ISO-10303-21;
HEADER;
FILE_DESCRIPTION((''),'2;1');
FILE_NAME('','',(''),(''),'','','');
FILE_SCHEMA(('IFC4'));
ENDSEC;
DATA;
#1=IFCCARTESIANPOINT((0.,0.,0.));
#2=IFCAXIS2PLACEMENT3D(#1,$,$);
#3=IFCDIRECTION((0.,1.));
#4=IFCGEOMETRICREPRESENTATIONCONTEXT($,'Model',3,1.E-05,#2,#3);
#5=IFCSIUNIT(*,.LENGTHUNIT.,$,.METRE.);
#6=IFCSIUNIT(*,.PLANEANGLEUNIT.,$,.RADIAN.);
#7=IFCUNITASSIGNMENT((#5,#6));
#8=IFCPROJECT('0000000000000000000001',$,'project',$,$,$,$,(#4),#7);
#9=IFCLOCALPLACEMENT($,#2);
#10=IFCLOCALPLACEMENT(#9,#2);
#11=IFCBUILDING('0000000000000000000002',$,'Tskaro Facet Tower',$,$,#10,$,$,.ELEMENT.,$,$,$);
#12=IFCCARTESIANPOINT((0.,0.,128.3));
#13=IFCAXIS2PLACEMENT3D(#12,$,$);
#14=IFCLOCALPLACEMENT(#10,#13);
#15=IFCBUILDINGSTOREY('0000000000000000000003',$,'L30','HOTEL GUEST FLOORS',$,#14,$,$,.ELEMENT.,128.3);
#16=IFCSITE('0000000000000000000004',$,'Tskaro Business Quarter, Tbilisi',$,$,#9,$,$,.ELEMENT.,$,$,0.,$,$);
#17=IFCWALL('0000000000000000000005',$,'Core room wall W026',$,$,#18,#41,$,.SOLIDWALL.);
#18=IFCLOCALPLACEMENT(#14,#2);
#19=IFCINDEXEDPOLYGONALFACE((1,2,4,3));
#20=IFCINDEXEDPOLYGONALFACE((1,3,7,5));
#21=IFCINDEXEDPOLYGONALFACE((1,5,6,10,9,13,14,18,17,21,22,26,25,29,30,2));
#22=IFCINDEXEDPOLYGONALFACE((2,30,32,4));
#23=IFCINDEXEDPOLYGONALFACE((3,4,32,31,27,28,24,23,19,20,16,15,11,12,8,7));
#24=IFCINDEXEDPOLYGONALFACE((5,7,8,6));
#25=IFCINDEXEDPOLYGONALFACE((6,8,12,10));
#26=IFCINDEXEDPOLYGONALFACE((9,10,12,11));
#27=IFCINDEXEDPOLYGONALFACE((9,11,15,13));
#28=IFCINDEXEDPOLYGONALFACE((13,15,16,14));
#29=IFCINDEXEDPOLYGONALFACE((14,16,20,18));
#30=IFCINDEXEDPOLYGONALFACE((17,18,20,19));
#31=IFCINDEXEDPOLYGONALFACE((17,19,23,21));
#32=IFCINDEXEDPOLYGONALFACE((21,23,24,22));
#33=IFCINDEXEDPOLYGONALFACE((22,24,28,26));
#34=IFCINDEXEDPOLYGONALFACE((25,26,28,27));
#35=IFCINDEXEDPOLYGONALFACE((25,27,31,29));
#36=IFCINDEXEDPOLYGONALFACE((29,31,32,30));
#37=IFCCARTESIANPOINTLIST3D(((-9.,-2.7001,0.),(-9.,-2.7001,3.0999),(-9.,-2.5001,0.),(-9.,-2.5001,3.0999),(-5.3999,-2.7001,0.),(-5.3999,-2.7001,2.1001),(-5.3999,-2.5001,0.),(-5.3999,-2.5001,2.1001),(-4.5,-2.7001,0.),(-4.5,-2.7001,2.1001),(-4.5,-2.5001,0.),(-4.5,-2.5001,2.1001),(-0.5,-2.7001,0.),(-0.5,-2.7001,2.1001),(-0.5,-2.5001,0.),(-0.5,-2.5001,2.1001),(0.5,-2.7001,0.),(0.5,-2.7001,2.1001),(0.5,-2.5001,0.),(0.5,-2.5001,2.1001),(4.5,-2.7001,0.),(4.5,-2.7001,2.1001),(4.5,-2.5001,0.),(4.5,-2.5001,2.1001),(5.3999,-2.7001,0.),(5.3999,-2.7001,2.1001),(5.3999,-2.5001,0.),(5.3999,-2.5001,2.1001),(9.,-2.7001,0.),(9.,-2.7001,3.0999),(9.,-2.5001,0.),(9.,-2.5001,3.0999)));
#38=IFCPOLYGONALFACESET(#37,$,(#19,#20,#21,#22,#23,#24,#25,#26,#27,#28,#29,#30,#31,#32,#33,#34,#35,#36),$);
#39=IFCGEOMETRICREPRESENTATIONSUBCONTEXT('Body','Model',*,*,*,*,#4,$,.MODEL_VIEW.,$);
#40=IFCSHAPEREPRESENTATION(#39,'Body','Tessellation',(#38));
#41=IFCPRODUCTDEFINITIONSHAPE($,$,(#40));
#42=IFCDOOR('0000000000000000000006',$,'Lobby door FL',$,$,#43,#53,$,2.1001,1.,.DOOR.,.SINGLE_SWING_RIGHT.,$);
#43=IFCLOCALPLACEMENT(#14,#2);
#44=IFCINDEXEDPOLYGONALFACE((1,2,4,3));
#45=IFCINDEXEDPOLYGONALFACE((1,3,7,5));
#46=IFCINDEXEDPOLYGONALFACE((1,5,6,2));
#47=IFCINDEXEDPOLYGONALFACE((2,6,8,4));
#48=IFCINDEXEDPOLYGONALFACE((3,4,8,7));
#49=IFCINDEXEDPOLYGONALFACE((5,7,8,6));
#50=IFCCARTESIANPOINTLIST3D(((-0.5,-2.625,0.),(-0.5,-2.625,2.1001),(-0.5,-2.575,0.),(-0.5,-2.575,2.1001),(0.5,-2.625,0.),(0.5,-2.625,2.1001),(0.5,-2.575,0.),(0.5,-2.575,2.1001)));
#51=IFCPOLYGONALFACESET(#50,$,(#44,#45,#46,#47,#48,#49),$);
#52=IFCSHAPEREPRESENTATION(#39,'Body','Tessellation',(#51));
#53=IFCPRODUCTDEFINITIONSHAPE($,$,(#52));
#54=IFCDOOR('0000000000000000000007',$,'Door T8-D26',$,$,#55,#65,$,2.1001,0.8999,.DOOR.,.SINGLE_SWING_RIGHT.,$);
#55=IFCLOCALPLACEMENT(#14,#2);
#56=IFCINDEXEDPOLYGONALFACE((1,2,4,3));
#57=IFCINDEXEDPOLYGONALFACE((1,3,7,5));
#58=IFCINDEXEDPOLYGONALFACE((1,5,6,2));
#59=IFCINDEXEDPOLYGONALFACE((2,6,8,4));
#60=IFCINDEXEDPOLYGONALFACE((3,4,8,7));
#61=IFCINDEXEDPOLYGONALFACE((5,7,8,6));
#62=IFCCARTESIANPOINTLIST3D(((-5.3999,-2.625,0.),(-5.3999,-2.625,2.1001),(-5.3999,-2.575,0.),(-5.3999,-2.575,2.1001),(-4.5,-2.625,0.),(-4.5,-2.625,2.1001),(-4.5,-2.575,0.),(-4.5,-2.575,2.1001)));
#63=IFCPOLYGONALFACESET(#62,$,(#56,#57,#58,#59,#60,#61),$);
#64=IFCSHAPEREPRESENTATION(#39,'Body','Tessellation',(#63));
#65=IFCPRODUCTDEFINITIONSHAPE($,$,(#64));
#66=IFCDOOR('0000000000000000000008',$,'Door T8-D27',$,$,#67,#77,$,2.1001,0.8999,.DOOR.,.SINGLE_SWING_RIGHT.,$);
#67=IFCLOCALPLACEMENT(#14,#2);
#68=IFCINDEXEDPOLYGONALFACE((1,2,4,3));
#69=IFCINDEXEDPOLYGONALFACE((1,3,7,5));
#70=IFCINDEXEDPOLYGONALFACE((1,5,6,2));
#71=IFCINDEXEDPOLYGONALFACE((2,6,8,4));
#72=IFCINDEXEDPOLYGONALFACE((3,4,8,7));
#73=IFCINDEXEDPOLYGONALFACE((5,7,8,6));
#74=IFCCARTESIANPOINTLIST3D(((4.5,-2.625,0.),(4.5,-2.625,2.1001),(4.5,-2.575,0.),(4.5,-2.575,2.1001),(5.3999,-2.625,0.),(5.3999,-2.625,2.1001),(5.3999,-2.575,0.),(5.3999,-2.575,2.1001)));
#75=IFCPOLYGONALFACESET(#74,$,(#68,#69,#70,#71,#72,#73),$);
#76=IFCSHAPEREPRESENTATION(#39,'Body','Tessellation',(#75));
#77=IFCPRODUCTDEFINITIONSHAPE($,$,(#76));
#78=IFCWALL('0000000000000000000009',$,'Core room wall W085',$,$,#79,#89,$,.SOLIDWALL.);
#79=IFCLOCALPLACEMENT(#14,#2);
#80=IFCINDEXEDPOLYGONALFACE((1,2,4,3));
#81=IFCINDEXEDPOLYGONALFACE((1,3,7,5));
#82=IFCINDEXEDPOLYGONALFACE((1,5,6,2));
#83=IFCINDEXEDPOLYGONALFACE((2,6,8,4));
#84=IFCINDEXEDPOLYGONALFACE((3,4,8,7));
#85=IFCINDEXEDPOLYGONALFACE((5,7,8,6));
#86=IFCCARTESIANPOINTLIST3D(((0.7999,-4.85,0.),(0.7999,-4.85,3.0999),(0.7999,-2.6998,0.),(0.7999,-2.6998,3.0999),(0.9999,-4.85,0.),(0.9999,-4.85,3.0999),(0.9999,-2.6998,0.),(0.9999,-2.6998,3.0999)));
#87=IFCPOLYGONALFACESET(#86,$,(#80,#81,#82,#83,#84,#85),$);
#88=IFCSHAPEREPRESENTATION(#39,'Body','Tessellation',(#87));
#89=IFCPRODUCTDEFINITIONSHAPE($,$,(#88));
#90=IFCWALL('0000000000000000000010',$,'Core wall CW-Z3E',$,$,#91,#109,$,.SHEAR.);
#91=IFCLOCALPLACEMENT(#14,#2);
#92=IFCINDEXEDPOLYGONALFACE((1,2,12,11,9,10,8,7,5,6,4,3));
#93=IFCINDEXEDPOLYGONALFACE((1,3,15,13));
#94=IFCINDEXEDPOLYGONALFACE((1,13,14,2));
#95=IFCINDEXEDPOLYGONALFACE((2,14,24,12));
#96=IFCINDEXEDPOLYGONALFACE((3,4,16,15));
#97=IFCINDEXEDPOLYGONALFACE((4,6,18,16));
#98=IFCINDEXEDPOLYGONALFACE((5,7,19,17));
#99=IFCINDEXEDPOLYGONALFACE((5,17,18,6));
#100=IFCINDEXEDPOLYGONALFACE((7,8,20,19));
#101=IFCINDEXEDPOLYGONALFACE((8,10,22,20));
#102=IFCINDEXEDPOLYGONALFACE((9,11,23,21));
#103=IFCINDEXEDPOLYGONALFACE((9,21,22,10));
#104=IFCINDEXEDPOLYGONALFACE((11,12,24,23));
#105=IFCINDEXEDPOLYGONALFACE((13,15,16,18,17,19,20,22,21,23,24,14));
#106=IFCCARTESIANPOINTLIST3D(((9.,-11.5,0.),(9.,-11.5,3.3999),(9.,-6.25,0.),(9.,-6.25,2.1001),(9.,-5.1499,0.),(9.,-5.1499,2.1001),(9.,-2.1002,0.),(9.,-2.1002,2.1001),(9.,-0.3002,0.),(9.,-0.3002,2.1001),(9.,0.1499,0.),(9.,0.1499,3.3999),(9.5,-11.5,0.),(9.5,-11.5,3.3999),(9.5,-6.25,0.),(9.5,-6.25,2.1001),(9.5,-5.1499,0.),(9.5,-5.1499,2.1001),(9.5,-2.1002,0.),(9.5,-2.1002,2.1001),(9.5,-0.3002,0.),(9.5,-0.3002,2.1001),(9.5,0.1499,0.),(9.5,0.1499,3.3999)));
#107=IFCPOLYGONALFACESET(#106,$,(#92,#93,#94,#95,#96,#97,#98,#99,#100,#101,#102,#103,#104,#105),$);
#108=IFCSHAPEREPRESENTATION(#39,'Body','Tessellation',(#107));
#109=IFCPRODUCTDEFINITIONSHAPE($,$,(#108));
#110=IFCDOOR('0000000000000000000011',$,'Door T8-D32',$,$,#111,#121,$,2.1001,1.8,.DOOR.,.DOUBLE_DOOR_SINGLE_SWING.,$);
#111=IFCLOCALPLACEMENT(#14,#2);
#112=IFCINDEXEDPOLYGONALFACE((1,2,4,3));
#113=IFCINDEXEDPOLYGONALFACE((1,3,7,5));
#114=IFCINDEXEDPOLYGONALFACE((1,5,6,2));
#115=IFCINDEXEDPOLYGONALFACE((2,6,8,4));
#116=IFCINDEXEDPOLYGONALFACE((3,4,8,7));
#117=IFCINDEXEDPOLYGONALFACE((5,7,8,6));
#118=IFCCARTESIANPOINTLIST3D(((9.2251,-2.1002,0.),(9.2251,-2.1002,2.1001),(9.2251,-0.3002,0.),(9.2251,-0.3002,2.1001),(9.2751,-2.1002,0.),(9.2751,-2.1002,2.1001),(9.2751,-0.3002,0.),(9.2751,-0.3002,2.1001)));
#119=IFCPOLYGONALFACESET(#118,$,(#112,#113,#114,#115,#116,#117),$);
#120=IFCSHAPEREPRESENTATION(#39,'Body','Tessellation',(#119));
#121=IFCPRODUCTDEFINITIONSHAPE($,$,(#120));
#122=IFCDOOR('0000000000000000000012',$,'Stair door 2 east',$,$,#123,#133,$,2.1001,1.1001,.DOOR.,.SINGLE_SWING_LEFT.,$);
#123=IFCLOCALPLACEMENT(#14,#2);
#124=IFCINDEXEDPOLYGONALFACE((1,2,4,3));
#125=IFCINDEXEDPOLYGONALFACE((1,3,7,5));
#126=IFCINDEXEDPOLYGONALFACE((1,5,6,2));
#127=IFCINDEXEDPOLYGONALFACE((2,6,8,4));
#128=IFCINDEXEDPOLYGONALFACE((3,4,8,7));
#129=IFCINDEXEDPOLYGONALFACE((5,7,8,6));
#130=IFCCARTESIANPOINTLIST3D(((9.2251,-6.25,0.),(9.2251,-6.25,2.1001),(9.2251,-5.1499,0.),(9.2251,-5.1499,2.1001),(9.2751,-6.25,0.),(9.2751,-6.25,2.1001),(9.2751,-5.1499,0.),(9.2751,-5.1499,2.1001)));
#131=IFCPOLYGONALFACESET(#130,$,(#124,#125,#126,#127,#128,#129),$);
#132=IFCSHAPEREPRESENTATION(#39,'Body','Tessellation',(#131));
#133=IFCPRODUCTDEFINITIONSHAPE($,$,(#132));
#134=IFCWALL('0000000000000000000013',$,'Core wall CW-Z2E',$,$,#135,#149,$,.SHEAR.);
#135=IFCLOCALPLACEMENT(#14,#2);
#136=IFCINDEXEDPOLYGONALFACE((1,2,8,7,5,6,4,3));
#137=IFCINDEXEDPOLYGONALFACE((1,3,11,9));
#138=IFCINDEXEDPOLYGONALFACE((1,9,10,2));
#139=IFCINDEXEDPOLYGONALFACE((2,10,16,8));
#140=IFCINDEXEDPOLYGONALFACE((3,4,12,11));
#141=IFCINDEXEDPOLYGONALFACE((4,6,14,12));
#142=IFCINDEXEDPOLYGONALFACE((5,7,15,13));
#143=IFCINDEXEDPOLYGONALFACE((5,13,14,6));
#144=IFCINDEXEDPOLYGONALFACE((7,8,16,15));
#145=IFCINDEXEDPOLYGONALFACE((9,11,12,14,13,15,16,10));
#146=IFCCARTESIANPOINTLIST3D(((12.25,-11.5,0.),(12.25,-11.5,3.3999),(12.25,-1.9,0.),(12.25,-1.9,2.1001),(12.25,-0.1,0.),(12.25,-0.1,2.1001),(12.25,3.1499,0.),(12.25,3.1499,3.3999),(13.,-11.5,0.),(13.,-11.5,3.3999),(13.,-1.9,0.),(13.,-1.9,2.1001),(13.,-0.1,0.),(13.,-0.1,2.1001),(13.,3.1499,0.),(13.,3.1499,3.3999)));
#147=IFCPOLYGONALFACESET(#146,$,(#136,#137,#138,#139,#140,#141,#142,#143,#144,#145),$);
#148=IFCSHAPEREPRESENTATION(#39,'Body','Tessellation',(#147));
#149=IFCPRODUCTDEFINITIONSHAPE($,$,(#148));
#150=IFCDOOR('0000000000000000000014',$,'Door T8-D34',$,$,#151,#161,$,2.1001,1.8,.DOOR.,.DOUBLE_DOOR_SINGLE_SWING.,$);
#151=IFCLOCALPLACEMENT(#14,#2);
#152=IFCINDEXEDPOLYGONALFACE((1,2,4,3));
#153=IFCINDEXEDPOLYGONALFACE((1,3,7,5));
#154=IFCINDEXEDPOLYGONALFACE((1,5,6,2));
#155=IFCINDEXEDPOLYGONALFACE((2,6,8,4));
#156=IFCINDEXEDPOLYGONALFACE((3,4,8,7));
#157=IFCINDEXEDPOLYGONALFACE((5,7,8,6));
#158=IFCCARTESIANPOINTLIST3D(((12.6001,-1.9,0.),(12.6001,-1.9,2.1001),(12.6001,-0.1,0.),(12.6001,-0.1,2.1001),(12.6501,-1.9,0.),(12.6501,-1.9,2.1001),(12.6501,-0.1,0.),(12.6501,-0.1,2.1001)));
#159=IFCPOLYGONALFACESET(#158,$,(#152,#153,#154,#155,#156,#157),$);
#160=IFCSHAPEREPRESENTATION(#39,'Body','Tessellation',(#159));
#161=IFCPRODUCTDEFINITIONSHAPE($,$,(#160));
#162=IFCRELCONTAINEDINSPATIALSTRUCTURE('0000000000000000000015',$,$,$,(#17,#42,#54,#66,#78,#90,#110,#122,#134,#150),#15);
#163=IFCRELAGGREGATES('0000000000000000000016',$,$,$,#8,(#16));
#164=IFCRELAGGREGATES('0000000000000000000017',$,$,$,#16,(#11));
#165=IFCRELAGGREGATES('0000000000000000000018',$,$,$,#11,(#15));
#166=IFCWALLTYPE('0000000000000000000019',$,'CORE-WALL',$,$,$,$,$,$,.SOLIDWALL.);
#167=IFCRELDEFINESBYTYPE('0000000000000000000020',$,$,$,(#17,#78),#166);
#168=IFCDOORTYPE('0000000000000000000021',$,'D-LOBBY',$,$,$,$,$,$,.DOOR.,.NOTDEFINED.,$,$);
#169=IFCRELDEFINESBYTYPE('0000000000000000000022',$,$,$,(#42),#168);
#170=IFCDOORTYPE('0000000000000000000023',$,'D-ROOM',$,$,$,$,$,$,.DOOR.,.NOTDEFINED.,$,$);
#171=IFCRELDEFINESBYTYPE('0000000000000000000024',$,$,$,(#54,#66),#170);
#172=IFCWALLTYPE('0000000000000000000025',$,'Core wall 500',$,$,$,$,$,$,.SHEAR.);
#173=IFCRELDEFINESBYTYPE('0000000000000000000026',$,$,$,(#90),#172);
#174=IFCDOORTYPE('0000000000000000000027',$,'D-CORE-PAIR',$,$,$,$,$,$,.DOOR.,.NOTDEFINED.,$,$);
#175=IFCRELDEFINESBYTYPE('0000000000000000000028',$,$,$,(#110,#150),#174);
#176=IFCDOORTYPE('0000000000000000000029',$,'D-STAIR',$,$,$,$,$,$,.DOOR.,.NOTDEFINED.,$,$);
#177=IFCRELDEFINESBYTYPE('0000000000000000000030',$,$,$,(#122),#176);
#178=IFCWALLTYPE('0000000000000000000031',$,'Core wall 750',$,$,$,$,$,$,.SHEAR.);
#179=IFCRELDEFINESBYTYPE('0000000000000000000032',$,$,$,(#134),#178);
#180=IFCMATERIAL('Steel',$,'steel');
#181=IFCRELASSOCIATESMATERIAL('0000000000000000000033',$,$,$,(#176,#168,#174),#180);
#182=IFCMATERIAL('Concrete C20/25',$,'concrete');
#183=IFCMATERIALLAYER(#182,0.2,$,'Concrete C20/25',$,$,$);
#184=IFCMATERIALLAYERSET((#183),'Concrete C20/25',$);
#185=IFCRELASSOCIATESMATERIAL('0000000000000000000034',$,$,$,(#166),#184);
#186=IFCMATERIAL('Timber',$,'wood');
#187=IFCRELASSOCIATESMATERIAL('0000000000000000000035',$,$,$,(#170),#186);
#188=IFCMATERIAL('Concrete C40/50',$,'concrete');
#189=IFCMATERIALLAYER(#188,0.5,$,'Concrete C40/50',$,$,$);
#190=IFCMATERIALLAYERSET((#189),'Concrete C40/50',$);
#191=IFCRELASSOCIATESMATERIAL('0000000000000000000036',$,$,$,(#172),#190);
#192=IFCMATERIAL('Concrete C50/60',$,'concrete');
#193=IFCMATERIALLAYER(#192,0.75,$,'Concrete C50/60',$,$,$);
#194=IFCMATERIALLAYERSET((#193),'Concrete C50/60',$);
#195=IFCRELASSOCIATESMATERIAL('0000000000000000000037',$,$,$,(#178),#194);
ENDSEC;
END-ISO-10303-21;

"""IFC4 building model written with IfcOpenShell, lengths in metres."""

from ifc_helpers import new_model, si_unit, direction, frame, frame_2d, origin, place, context, subcontext, project, spatial, rectangle, extrude, material, layer, layer_set, type_object, element, fill, save


model = new_model("IFC4")

# Units and contexts
model_context = context("Model", 3, precision=1e-05, world=origin(), true_north=direction((0.0, 1.0)))
body_context = subcontext(model_context, "Body", "Model", "MODEL_VIEW")
ifc_project = project(units=[si_unit("LENGTHUNIT", "METRE"), si_unit("PLANEANGLEUNIT", "RADIAN")], contexts=[model_context])

# Site, building, storey
site_placement = place(None, origin())
site = spatial("IfcSite", under=ifc_project, at=site_placement, Name="Tskaro Business Quarter, Tbilisi", CompositionType="ELEMENT", RefElevation=0.0)
building_placement = place(site_placement, origin())
building = spatial("IfcBuilding", under=site, at=building_placement, Name="Tskaro Facet Tower", CompositionType="ELEMENT")
storey_placement = place(building_placement, frame((0.0, 0.0, 128.3)))
storey = spatial("IfcBuildingStorey", under=building, at=storey_placement, Name="L30", Description="HOTEL GUEST FLOORS", CompositionType="ELEMENT", Elevation=128.3)

# Shared definitions
ifc_material_1 = material(Name="Steel", Category="steel")
door_type_1 = type_object("IfcDoorType", Name="D-STAIR", OperationType="NOTDEFINED", PredefinedType="DOOR", material=ifc_material_1)

# Shared definitions
ifc_material_2 = material(Name="Concrete C20/25", Category="concrete")
ifc_layer_1 = layer(ifc_material_2, 0.2, Name="Concrete C20/25")
ifc_layer_set_1 = layer_set([ifc_layer_1], Name="Concrete C20/25")
wall_type_1 = type_object("IfcWallType", Name="CORE-WALL", PredefinedType="SOLIDWALL", material=ifc_layer_set_1)

# Wall, openings, doors
wall_1_placement = place(storey_placement, frame((9.0, -2.6001, 0.0), z_axis=(0.0, 0.0, 1.0), x_axis=(-1.0, 0.0, 0.0)))
wall_1 = element("IfcWall", 1, at=wall_1_placement, inside=storey, type_object=wall_type_1, Name="Core room wall W026", PredefinedType="SOLIDWALL", context=body_context, shape_type="SweptSolid", body=[
    extrude(rectangle(XDim=18.0, YDim=0.2, at=frame_2d((9.0, 0.0))), origin(), (0.0, 0.0, 1.0), 3.0999),
])
opening_1_placement = place(wall_1_placement, frame((8.5, 0.0, 0.0)))
opening_1 = element("IfcOpeningElement", 2, at=opening_1_placement, cuts=wall_1, PredefinedType="OPENING", context=body_context, shape_type="SweptSolid", body=[
    extrude(rectangle(XDim=1.0, YDim=2.1001, at=frame_2d((0.5, 1.05))), frame((0.0, 0.1099, 0.0), z_axis=(0.0, -1.0, 0.0), x_axis=(1.0, 0.0, 0.0)), (0.0, 0.0, 1.0), 0.22),
])
opening_2_placement = place(wall_1_placement, frame((13.5, 0.0, 0.0)))
opening_2 = element("IfcOpeningElement", 3, at=opening_2_placement, cuts=wall_1, PredefinedType="OPENING", context=body_context, shape_type="SweptSolid", body=[
    extrude(rectangle(XDim=0.8999, YDim=2.1001, at=frame_2d((0.45, 1.05))), frame((0.0, 0.1099, 0.0), z_axis=(0.0, -1.0, 0.0), x_axis=(1.0, 0.0, 0.0)), (0.0, 0.0, 1.0), 0.22),
])
opening_3_placement = place(wall_1_placement, frame((3.6001, 0.0, 0.0)))
opening_3 = element("IfcOpeningElement", 4, at=opening_3_placement, cuts=wall_1, PredefinedType="OPENING", context=body_context, shape_type="SweptSolid", body=[
    extrude(rectangle(XDim=0.8999, YDim=2.1001, at=frame_2d((0.45, 1.05))), frame((0.0, 0.1099, 0.0), z_axis=(0.0, -1.0, 0.0), x_axis=(1.0, 0.0, 0.0)), (0.0, 0.0, 1.0), 0.22),
])
door_type_2 = type_object("IfcDoorType", Name="D-LOBBY", OperationType="NOTDEFINED", PredefinedType="DOOR", material=ifc_material_1)
door_1_placement = place(opening_1_placement, origin())
door_1 = element("IfcDoor", 5, at=door_1_placement, inside=storey, type_object=door_type_2, Name="Lobby door FL", OperationType="SINGLE_SWING_RIGHT", OverallHeight=2.1001, OverallWidth=1.0, PredefinedType="DOOR", context=body_context, shape_type="SweptSolid", body=[
    extrude(rectangle(XDim=1.0, YDim=2.1001, at=frame_2d((0.5, 1.05))), frame((0.0, 0.0249, 0.0), z_axis=(0.0, -1.0, 0.0), x_axis=(1.0, 0.0, 0.0)), (0.0, 0.0, 1.0), 0.05),
])
fill(opening_1, door_1)
ifc_material_3 = material(Name="Timber", Category="wood")
door_type_3 = type_object("IfcDoorType", Name="D-ROOM", OperationType="NOTDEFINED", PredefinedType="DOOR", material=ifc_material_3)
door_2_placement = place(opening_2_placement, origin())
door_2 = element("IfcDoor", 6, at=door_2_placement, inside=storey, type_object=door_type_3, Name="Door T8-D26", OperationType="SINGLE_SWING_RIGHT", OverallHeight=2.1001, OverallWidth=0.8999, PredefinedType="DOOR", context=body_context, shape_type="SweptSolid", body=[
    extrude(rectangle(XDim=0.8999, YDim=2.1001, at=frame_2d((0.45, 1.05))), frame((0.0, 0.0249, 0.0), z_axis=(0.0, -1.0, 0.0), x_axis=(1.0, 0.0, 0.0)), (0.0, 0.0, 1.0), 0.05),
])
fill(opening_2, door_2)
door_3_placement = place(opening_3_placement, origin())
door_3 = element("IfcDoor", 7, at=door_3_placement, inside=storey, type_object=door_type_3, Name="Door T8-D27", OperationType="SINGLE_SWING_RIGHT", OverallHeight=2.1001, OverallWidth=0.8999, PredefinedType="DOOR", context=body_context, shape_type="SweptSolid", body=[
    extrude(rectangle(XDim=0.8999, YDim=2.1001, at=frame_2d((0.45, 1.05))), frame((0.0, 0.0249, 0.0), z_axis=(0.0, -1.0, 0.0), x_axis=(1.0, 0.0, 0.0)), (0.0, 0.0, 1.0), 0.05),
])
fill(opening_3, door_3)

# Wall
wall_2_placement = place(storey_placement, frame((0.8999, -4.8501, 0.0), z_axis=(0.0, 0.0, 1.0), x_axis=(0.0, 1.0, 0.0)))
element("IfcWall", 8, at=wall_2_placement, inside=storey, type_object=wall_type_1, Name="Core room wall W085", PredefinedType="SOLIDWALL", context=body_context, shape_type="SweptSolid", body=[
    extrude(rectangle(XDim=2.1501, YDim=0.2, at=frame_2d((1.0752, 0.0))), origin(), (0.0, 0.0, 1.0), 3.0999),
])

# Wall, openings, doors
ifc_material_4 = material(Name="Concrete C40/50", Category="concrete")
ifc_layer_2 = layer(ifc_material_4, 0.5, Name="Concrete C40/50")
ifc_layer_set_2 = layer_set([ifc_layer_2], Name="Concrete C40/50")
wall_type_2 = type_object("IfcWallType", Name="Core wall 500", PredefinedType="SHEAR", material=ifc_layer_set_2)
wall_3_placement = place(storey_placement, frame((9.25, -11.5, 0.0), z_axis=(0.0, 0.0, 1.0), x_axis=(0.0, 1.0, 0.0)))
wall_3 = element("IfcWall", 9, at=wall_3_placement, inside=storey, type_object=wall_type_2, Name="Core wall CW-Z3E", PredefinedType="SHEAR", context=body_context, shape_type="SweptSolid", body=[
    extrude(rectangle(XDim=11.6499, YDim=0.5, at=frame_2d((5.825, 0.0))), origin(), (0.0, 0.0, 1.0), 3.3999),
])
opening_4_placement = place(wall_3_placement, frame((9.3999, 0.0, 0.0)))
opening_4 = element("IfcOpeningElement", 10, at=opening_4_placement, cuts=wall_3, PredefinedType="OPENING", context=body_context, shape_type="SweptSolid", body=[
    extrude(rectangle(XDim=1.8, YDim=2.1001, at=frame_2d((0.8999, 1.05))), frame((0.0, 0.26, 0.0), z_axis=(0.0, -1.0, 0.0), x_axis=(1.0, 0.0, 0.0)), (0.0, 0.0, 1.0), 0.52),
])
opening_5_placement = place(wall_3_placement, frame((5.25, 0.0, 0.0)))
opening_5 = element("IfcOpeningElement", 11, at=opening_5_placement, cuts=wall_3, PredefinedType="OPENING", context=body_context, shape_type="SweptSolid", body=[
    extrude(rectangle(XDim=1.1001, YDim=2.1001, at=frame_2d((0.55, 1.05))), frame((0.0, 0.26, 0.0), z_axis=(0.0, -1.0, 0.0), x_axis=(1.0, 0.0, 0.0)), (0.0, 0.0, 1.0), 0.52),
])
door_type_4 = type_object("IfcDoorType", Name="D-CORE-PAIR", OperationType="NOTDEFINED", PredefinedType="DOOR", material=ifc_material_1)
door_4_placement = place(opening_4_placement, origin())
door_4 = element("IfcDoor", 12, at=door_4_placement, inside=storey, type_object=door_type_4, Name="Door T8-D32", OperationType="DOUBLE_DOOR_SINGLE_SWING", OverallHeight=2.1001, OverallWidth=1.8, PredefinedType="DOOR", context=body_context, shape_type="SweptSolid", body=[
    extrude(rectangle(XDim=1.8, YDim=2.1001, at=frame_2d((0.8999, 1.05))), frame((0.0, 0.0249, 0.0), z_axis=(0.0, -1.0, 0.0), x_axis=(1.0, 0.0, 0.0)), (0.0, 0.0, 1.0), 0.05),
])
fill(opening_4, door_4)
door_5_placement = place(opening_5_placement, origin())
door_5 = element("IfcDoor", 13, at=door_5_placement, inside=storey, type_object=door_type_1, Name="Stair door 2 east", OperationType="SINGLE_SWING_LEFT", OverallHeight=2.1001, OverallWidth=1.1001, PredefinedType="DOOR", context=body_context, shape_type="SweptSolid", body=[
    extrude(rectangle(XDim=1.1001, YDim=2.1001, at=frame_2d((0.55, 1.05))), frame((0.0, 0.0249, 0.0), z_axis=(0.0, -1.0, 0.0), x_axis=(1.0, 0.0, 0.0)), (0.0, 0.0, 1.0), 0.05),
])
fill(opening_5, door_5)

# Wall, opening, door
ifc_material_5 = material(Name="Concrete C50/60", Category="concrete")
ifc_layer_3 = layer(ifc_material_5, 0.75, Name="Concrete C50/60")
ifc_layer_set_3 = layer_set([ifc_layer_3], Name="Concrete C50/60")
wall_type_3 = type_object("IfcWallType", Name="Core wall 750", PredefinedType="SHEAR", material=ifc_layer_set_3)
wall_4_placement = place(storey_placement, frame((12.625, -11.5, 0.0), z_axis=(0.0, 0.0, 1.0), x_axis=(0.0, 1.0, 0.0)))
wall_4 = element("IfcWall", 14, at=wall_4_placement, inside=storey, type_object=wall_type_3, Name="Core wall CW-Z2E", PredefinedType="SHEAR", context=body_context, shape_type="SweptSolid", body=[
    extrude(rectangle(XDim=14.6499, YDim=0.75, at=frame_2d((7.325, 0.0))), origin(), (0.0, 0.0, 1.0), 3.3999),
])
opening_6_placement = place(wall_4_placement, frame((9.6001, 0.0, 0.0)))
opening_6 = element("IfcOpeningElement", 15, at=opening_6_placement, cuts=wall_4, PredefinedType="OPENING", context=body_context, shape_type="SweptSolid", body=[
    extrude(rectangle(XDim=1.8, YDim=2.1001, at=frame_2d((0.8999, 1.05))), frame((0.0, 0.385, 0.0), z_axis=(0.0, -1.0, 0.0), x_axis=(1.0, 0.0, 0.0)), (0.0, 0.0, 1.0), 0.77),
])
door_6_placement = place(opening_6_placement, origin())
door_6 = element("IfcDoor", 16, at=door_6_placement, inside=storey, type_object=door_type_4, Name="Door T8-D34", OperationType="DOUBLE_DOOR_SINGLE_SWING", OverallHeight=2.1001, OverallWidth=1.8, PredefinedType="DOOR", context=body_context, shape_type="SweptSolid", body=[
    extrude(rectangle(XDim=1.8, YDim=2.1001, at=frame_2d((0.8999, 1.05))), frame((0.0, 0.0249, 0.0), z_axis=(0.0, -1.0, 0.0), x_axis=(1.0, 0.0, 0.0)), (0.0, 0.0, 1.0), 0.05),
])
fill(opening_6, door_6)

save(model, "model.ifc")
